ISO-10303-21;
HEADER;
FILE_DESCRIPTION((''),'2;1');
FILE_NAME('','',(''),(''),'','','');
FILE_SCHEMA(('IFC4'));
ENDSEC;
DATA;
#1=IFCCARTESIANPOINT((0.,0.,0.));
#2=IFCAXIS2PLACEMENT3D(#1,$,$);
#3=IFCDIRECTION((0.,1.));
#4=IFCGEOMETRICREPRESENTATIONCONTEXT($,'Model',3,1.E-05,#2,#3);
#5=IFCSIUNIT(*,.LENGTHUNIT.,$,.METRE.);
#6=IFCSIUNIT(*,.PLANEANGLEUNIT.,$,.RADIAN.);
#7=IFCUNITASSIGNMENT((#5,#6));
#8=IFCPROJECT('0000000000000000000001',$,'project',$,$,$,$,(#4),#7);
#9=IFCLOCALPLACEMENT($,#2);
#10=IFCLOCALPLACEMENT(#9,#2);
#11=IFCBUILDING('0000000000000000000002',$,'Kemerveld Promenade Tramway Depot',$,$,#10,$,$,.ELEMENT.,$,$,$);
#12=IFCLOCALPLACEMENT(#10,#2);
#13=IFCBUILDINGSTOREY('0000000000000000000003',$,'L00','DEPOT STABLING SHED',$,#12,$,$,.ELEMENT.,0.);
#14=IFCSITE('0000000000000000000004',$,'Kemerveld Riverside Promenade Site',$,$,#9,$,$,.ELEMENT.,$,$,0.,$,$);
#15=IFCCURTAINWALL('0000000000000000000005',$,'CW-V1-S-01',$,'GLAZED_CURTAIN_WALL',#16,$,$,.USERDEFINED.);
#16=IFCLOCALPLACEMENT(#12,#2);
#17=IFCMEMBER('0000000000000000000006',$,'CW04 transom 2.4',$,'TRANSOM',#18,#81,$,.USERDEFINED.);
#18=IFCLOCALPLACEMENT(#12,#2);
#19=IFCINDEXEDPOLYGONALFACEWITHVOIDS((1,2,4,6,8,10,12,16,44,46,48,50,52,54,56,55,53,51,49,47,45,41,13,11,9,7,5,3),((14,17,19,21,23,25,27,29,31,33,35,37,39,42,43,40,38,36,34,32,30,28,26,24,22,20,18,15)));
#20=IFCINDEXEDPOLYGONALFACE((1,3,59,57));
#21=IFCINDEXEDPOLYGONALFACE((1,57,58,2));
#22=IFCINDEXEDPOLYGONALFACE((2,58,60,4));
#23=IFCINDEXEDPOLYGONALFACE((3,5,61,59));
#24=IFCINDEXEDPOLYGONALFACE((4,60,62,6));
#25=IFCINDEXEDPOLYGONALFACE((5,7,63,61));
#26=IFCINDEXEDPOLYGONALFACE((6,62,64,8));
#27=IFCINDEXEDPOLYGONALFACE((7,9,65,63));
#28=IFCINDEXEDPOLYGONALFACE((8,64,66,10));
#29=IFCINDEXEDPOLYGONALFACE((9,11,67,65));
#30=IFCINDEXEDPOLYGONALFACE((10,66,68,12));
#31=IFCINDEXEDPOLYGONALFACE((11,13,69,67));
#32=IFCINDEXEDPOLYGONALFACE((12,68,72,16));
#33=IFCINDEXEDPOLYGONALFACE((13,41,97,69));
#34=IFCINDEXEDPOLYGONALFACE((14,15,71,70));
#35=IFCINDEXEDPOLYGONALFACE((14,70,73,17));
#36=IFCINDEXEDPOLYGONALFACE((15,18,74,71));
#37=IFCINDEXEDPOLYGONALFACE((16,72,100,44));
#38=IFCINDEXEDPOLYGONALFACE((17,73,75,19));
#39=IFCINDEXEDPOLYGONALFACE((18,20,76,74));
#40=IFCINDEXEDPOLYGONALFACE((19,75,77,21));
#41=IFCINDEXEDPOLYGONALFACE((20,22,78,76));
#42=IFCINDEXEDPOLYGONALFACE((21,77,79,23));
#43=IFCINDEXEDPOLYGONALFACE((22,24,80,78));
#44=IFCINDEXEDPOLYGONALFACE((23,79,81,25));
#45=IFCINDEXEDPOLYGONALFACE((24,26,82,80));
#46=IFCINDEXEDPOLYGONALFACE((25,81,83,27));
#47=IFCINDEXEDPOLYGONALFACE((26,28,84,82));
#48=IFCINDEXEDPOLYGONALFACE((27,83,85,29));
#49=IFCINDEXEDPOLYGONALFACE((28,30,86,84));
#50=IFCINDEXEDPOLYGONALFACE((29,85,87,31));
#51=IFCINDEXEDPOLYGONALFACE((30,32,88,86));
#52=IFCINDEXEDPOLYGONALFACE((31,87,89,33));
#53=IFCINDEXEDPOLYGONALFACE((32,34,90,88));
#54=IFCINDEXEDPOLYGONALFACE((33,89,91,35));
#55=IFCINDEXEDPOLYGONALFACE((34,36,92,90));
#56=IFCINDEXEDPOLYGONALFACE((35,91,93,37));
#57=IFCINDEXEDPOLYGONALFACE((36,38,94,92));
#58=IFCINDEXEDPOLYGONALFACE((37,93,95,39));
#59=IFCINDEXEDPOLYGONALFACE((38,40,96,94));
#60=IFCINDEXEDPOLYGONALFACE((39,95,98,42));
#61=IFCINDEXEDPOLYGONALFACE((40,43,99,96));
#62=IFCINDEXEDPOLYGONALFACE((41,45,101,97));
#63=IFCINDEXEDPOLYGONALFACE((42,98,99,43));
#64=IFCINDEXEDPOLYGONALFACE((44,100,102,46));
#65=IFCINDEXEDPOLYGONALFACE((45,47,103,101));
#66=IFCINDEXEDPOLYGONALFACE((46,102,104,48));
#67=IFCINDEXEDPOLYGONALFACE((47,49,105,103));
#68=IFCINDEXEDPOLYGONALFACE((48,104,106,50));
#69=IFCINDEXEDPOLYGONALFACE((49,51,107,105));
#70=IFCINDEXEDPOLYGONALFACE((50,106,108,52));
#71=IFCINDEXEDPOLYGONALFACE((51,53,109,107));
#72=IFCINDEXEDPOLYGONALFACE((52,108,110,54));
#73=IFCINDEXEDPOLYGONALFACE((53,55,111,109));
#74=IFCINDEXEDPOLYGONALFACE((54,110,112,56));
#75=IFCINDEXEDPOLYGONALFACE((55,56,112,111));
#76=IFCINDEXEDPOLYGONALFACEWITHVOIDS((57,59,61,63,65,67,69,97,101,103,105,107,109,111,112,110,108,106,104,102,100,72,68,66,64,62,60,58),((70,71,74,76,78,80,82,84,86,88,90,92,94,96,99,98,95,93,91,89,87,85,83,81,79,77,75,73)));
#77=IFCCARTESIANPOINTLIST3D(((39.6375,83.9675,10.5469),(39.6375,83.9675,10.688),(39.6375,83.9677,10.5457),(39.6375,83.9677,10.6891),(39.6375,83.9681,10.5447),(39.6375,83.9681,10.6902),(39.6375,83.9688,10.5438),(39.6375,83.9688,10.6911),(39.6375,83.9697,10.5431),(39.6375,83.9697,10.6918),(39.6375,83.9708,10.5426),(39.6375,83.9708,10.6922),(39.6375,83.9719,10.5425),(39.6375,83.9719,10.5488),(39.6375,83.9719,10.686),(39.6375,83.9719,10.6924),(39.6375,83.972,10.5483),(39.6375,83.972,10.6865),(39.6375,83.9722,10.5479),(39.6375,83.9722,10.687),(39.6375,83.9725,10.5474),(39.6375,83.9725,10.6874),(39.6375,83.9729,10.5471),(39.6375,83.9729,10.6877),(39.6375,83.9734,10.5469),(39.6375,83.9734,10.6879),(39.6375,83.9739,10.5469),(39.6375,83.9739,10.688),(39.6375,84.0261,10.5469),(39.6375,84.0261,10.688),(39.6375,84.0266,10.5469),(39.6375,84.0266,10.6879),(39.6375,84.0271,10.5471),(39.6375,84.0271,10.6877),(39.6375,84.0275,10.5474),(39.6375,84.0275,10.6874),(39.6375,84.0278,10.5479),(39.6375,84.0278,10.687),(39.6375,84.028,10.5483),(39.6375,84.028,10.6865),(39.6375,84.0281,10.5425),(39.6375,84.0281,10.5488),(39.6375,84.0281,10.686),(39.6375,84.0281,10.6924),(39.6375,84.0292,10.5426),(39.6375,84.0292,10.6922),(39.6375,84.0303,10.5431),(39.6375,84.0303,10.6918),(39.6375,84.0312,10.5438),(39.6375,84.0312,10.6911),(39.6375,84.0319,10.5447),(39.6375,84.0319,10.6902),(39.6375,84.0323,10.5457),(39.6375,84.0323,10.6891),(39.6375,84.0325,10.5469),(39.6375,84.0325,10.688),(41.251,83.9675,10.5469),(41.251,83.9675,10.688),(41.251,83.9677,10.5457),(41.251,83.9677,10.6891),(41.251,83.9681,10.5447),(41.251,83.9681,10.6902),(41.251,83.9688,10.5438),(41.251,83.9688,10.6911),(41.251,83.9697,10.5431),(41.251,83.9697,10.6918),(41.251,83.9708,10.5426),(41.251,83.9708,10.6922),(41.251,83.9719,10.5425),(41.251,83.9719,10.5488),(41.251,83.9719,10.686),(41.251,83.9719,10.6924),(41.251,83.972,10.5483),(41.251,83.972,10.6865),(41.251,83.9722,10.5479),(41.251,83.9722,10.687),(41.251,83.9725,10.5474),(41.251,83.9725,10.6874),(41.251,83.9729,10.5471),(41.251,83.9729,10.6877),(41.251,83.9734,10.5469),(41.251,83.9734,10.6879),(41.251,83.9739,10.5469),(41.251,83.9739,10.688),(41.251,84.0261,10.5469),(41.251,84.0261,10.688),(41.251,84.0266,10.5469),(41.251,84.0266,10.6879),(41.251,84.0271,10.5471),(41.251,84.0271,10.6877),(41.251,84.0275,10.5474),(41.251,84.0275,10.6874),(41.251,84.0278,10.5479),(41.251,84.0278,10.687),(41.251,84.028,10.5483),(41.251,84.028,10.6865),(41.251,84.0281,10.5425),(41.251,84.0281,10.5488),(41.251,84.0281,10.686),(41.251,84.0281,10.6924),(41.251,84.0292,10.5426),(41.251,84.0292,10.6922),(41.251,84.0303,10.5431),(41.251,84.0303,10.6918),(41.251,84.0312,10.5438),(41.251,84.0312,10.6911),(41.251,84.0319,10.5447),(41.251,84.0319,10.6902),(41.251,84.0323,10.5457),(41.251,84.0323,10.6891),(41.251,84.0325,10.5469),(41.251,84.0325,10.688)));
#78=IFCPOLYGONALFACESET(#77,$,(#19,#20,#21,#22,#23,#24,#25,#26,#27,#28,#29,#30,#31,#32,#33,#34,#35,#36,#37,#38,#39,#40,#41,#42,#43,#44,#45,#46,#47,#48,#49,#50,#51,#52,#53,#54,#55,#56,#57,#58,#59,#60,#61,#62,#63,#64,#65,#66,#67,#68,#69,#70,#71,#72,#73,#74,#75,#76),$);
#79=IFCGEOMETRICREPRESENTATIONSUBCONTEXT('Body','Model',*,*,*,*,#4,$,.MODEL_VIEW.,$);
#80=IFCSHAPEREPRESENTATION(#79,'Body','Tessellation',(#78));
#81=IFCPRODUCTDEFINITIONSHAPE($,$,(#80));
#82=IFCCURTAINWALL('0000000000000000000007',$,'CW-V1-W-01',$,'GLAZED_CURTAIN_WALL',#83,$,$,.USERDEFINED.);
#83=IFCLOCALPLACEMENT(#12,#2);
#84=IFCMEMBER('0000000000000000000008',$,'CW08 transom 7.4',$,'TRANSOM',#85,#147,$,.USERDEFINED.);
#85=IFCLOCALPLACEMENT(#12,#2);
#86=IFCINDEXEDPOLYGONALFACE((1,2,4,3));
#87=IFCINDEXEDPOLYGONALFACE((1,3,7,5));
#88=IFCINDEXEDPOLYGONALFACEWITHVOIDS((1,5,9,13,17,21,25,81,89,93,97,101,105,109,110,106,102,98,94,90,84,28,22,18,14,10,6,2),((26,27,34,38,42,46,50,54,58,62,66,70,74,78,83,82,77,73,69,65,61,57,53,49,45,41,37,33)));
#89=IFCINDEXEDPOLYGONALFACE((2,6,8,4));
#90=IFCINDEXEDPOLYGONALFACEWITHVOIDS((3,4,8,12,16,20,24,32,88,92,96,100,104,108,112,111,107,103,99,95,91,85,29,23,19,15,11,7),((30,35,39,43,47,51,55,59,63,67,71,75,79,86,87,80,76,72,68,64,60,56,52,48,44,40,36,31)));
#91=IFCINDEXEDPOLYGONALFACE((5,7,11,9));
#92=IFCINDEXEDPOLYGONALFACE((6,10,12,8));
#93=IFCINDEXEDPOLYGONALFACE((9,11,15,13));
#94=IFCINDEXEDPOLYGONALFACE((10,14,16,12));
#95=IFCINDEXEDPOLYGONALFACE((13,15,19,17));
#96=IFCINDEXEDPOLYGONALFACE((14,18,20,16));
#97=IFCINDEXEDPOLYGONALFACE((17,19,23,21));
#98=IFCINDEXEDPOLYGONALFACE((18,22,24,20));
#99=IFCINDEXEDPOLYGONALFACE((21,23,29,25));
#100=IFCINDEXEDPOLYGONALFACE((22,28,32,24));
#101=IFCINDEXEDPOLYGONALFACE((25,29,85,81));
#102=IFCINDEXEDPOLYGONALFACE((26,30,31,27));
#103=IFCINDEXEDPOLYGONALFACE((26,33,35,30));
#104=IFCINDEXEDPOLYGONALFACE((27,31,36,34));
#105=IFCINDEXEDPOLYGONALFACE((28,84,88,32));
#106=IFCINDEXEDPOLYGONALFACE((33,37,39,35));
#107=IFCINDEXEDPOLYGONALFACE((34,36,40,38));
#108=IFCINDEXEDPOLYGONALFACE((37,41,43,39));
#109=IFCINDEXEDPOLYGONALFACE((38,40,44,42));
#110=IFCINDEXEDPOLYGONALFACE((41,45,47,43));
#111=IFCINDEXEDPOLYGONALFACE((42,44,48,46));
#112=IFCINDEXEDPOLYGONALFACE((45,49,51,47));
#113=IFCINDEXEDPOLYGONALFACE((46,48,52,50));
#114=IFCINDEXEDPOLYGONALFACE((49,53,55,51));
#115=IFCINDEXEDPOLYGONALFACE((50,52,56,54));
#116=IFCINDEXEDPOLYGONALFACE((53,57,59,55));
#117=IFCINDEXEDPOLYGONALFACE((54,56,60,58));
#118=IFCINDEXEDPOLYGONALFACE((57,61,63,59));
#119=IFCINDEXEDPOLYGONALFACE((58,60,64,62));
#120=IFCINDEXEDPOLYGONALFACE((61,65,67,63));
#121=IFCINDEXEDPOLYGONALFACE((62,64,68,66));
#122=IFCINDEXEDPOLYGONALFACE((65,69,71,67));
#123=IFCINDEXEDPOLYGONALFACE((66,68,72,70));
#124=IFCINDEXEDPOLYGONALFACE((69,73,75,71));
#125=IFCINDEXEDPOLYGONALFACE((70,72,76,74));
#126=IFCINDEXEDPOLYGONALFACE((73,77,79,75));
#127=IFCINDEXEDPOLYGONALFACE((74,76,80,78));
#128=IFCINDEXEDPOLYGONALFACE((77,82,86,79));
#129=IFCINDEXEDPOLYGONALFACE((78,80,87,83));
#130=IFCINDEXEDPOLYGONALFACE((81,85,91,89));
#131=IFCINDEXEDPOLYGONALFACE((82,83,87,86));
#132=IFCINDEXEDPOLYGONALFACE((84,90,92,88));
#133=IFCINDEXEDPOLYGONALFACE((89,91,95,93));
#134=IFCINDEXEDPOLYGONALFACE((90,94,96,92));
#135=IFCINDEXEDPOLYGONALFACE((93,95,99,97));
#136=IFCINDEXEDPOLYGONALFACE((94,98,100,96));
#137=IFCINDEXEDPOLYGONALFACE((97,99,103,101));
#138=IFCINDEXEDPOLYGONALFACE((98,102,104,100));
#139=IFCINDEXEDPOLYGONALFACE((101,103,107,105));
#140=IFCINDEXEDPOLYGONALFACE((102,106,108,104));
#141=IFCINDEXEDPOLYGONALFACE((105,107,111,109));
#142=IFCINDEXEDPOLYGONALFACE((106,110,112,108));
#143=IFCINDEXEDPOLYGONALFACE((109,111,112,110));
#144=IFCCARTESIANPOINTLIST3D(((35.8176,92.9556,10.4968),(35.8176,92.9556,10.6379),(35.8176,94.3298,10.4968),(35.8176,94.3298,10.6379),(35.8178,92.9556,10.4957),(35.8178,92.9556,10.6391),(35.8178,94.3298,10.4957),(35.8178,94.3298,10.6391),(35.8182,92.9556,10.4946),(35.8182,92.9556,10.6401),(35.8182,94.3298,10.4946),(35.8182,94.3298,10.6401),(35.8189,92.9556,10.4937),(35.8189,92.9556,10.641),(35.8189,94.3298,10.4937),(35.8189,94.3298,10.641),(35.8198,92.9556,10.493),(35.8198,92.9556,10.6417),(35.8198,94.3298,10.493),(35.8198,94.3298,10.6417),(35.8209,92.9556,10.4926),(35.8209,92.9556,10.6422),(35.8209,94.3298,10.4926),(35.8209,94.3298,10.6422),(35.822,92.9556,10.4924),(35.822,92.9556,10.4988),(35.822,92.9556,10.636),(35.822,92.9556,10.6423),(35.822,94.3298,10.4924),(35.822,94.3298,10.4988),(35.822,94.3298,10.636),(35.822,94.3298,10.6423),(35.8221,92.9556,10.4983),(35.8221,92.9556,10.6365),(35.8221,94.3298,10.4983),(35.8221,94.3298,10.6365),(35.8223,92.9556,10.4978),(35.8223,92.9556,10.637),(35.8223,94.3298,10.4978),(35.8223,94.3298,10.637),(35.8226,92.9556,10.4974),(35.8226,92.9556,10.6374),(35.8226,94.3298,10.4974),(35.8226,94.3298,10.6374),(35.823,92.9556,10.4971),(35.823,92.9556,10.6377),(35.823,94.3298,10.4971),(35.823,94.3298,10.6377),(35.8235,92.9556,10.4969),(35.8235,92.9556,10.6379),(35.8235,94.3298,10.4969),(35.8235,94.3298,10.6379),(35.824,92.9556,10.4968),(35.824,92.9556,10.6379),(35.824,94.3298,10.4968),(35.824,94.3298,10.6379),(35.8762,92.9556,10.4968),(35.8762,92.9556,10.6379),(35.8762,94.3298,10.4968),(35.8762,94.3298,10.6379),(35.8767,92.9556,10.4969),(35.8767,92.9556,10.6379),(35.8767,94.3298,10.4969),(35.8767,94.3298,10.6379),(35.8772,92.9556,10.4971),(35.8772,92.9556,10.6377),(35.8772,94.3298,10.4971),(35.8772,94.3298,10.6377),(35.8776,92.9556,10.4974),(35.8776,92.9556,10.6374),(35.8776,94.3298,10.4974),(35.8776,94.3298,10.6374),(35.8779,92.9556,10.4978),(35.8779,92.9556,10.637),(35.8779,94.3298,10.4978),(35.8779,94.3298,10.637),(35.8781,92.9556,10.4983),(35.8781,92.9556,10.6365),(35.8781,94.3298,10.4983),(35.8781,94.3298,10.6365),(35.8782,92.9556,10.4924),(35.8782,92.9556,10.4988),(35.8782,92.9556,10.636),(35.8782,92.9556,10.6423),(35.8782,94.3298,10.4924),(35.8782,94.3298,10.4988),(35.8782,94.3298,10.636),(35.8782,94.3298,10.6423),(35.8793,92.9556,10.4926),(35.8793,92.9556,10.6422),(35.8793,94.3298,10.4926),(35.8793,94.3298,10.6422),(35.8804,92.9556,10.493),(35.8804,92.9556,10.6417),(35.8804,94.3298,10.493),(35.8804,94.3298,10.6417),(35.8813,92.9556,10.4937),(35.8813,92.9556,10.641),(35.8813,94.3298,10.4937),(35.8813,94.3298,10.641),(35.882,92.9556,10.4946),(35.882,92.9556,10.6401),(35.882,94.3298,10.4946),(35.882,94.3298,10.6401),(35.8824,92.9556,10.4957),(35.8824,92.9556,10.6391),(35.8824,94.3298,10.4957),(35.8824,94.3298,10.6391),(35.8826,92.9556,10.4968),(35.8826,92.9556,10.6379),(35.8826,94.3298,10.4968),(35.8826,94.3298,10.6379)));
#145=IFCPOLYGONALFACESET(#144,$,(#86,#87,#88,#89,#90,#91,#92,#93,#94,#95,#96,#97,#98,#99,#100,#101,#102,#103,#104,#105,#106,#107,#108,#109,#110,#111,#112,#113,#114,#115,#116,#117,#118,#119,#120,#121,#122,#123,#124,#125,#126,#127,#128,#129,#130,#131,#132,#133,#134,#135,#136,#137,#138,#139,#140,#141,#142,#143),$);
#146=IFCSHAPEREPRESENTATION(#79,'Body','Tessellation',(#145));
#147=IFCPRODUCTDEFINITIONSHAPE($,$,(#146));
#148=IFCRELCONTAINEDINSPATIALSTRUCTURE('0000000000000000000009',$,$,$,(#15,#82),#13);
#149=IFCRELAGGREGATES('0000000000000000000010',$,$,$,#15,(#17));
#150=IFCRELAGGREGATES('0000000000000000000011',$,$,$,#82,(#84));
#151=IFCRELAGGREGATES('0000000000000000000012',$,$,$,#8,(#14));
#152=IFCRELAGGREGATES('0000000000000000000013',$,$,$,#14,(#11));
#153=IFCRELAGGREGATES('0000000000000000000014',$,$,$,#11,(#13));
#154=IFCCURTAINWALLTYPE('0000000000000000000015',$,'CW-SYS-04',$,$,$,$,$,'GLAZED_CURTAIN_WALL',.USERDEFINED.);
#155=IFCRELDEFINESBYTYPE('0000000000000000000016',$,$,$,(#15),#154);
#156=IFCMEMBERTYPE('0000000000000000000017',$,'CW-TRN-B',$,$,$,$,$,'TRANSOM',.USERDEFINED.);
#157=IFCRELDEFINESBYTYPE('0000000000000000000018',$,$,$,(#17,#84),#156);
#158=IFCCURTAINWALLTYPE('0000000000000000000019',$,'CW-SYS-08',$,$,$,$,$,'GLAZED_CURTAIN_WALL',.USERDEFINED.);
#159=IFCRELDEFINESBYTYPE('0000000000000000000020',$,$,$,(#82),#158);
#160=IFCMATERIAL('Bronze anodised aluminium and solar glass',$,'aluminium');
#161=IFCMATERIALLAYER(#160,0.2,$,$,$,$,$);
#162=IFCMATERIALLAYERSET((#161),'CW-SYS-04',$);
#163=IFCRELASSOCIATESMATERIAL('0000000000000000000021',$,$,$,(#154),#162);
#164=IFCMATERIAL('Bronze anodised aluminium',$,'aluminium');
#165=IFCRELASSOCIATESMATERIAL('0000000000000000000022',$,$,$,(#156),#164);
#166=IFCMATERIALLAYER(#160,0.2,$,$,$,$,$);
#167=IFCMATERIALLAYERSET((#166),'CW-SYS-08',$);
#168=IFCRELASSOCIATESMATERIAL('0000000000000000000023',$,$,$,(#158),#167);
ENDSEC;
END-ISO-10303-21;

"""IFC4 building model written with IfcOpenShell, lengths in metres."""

from ifc_helpers import new_model, si_unit, direction, frame, origin, origin_2d, place, context, subcontext, project, spatial, hollow_rectangle, extrude, material, layer, layer_set, material_profile, profile_set, type_object, element, aggregate, save


model = new_model("IFC4")

# Units and contexts
model_context = context("Model", 3, precision=1e-05, world=origin(), true_north=direction((0.0, 1.0)))
body_context = subcontext(model_context, "Body", "Model", "MODEL_VIEW")
ifc_project = project(units=[si_unit("LENGTHUNIT", "METRE"), si_unit("PLANEANGLEUNIT", "RADIAN")], contexts=[model_context])

# Site, building, storey
site_placement = place(None, origin())
site = spatial("IfcSite", under=ifc_project, at=site_placement, Name="Kemerveld Riverside Promenade Site", CompositionType="ELEMENT", RefElevation=0.0)
building_placement = place(site_placement, origin())
building = spatial("IfcBuilding", under=site, at=building_placement, Name="Kemerveld Promenade Tramway Depot", CompositionType="ELEMENT")
storey_placement = place(building_placement, origin())
storey = spatial("IfcBuildingStorey", under=building, at=storey_placement, Name="L00", Description="DEPOT STABLING SHED", CompositionType="ELEMENT", Elevation=0.0)

# Curtain walls, members
ifc_material_1 = material(Name="Bronze anodised aluminium and solar glass", Category="aluminium")
ifc_layer_1 = layer(ifc_material_1, 0.2)
ifc_layer_set_1 = layer_set([ifc_layer_1], Name="CW-SYS-04")
curtain_wall_type_1 = type_object("IfcCurtainWallType", Name="CW-SYS-04", ElementType="GLAZED_CURTAIN_WALL", PredefinedType="USERDEFINED", material=ifc_layer_set_1)
curtain_wall_1_placement = place(storey_placement, origin())
curtain_wall_1 = element("IfcCurtainWall", 1, at=curtain_wall_1_placement, inside=storey, type_object=curtain_wall_type_1, Name="CW-V1-S-01", ObjectType="GLAZED_CURTAIN_WALL", PredefinedType="USERDEFINED")
ifc_material_2 = material(Name="Bronze anodised aluminium", Category="aluminium")
ifc_material_profile_1 = material_profile(ifc_material_2, hollow_rectangle(XDim=0.0649, YDim=0.1499, WallThickness=0.0044, InnerFilletRadius=0.002, OuterFilletRadius=0.0044, at=origin_2d()), Name="CW-TRN-150x65")
ifc_profile_set_1 = profile_set([ifc_material_profile_1], Name="Bronze anodised aluminium")
member_type_1 = type_object("IfcMemberType", Name="CW-TRN-B", ElementType="TRANSOM", PredefinedType="USERDEFINED", material=ifc_profile_set_1)
member_1_placement = place(storey_placement, frame((41.251, 84.0, 10.6174), z_axis=(-1.0, 0.0, 0.0), x_axis=(0.0, -1.0, 0.0)))
member_1 = element("IfcMember", 2, at=member_1_placement, type_object=member_type_1, Name="CW04 transom 2.4", ObjectType="TRANSOM", PredefinedType="USERDEFINED", context=body_context, shape_type="SweptSolid", body=[
    extrude(hollow_rectangle(XDim=0.0649, YDim=0.1499, WallThickness=0.0044, InnerFilletRadius=0.002, OuterFilletRadius=0.0044, at=origin_2d()), origin(), (0.0, 0.0, 1.0), 1.6135),
])
aggregate(curtain_wall_1, [member_1])
ifc_layer_2 = layer(ifc_material_1, 0.2)
ifc_layer_set_2 = layer_set([ifc_layer_2], Name="CW-SYS-08")
curtain_wall_type_2 = type_object("IfcCurtainWallType", Name="CW-SYS-08", ElementType="GLAZED_CURTAIN_WALL", PredefinedType="USERDEFINED", material=ifc_layer_set_2)
curtain_wall_2_placement = place(storey_placement, origin())
curtain_wall_2 = element("IfcCurtainWall", 3, at=curtain_wall_2_placement, inside=storey, type_object=curtain_wall_type_2, Name="CW-V1-W-01", ObjectType="GLAZED_CURTAIN_WALL", PredefinedType="USERDEFINED")
member_2_placement = place(storey_placement, frame((35.8501, 92.9556, 10.5674), z_axis=(0.0, 1.0, 0.0), x_axis=(-1.0, 0.0, 0.0)))
member_2 = element("IfcMember", 4, at=member_2_placement, type_object=member_type_1, Name="CW08 transom 7.4", ObjectType="TRANSOM", PredefinedType="USERDEFINED", context=body_context, shape_type="SweptSolid", body=[
    extrude(hollow_rectangle(XDim=0.0649, YDim=0.1499, WallThickness=0.0044, InnerFilletRadius=0.002, OuterFilletRadius=0.0044, at=origin_2d()), origin(), (0.0, 0.0, 1.0), 1.3743),
])

aggregate(curtain_wall_2, [member_2])

save(model, "model.ifc")
